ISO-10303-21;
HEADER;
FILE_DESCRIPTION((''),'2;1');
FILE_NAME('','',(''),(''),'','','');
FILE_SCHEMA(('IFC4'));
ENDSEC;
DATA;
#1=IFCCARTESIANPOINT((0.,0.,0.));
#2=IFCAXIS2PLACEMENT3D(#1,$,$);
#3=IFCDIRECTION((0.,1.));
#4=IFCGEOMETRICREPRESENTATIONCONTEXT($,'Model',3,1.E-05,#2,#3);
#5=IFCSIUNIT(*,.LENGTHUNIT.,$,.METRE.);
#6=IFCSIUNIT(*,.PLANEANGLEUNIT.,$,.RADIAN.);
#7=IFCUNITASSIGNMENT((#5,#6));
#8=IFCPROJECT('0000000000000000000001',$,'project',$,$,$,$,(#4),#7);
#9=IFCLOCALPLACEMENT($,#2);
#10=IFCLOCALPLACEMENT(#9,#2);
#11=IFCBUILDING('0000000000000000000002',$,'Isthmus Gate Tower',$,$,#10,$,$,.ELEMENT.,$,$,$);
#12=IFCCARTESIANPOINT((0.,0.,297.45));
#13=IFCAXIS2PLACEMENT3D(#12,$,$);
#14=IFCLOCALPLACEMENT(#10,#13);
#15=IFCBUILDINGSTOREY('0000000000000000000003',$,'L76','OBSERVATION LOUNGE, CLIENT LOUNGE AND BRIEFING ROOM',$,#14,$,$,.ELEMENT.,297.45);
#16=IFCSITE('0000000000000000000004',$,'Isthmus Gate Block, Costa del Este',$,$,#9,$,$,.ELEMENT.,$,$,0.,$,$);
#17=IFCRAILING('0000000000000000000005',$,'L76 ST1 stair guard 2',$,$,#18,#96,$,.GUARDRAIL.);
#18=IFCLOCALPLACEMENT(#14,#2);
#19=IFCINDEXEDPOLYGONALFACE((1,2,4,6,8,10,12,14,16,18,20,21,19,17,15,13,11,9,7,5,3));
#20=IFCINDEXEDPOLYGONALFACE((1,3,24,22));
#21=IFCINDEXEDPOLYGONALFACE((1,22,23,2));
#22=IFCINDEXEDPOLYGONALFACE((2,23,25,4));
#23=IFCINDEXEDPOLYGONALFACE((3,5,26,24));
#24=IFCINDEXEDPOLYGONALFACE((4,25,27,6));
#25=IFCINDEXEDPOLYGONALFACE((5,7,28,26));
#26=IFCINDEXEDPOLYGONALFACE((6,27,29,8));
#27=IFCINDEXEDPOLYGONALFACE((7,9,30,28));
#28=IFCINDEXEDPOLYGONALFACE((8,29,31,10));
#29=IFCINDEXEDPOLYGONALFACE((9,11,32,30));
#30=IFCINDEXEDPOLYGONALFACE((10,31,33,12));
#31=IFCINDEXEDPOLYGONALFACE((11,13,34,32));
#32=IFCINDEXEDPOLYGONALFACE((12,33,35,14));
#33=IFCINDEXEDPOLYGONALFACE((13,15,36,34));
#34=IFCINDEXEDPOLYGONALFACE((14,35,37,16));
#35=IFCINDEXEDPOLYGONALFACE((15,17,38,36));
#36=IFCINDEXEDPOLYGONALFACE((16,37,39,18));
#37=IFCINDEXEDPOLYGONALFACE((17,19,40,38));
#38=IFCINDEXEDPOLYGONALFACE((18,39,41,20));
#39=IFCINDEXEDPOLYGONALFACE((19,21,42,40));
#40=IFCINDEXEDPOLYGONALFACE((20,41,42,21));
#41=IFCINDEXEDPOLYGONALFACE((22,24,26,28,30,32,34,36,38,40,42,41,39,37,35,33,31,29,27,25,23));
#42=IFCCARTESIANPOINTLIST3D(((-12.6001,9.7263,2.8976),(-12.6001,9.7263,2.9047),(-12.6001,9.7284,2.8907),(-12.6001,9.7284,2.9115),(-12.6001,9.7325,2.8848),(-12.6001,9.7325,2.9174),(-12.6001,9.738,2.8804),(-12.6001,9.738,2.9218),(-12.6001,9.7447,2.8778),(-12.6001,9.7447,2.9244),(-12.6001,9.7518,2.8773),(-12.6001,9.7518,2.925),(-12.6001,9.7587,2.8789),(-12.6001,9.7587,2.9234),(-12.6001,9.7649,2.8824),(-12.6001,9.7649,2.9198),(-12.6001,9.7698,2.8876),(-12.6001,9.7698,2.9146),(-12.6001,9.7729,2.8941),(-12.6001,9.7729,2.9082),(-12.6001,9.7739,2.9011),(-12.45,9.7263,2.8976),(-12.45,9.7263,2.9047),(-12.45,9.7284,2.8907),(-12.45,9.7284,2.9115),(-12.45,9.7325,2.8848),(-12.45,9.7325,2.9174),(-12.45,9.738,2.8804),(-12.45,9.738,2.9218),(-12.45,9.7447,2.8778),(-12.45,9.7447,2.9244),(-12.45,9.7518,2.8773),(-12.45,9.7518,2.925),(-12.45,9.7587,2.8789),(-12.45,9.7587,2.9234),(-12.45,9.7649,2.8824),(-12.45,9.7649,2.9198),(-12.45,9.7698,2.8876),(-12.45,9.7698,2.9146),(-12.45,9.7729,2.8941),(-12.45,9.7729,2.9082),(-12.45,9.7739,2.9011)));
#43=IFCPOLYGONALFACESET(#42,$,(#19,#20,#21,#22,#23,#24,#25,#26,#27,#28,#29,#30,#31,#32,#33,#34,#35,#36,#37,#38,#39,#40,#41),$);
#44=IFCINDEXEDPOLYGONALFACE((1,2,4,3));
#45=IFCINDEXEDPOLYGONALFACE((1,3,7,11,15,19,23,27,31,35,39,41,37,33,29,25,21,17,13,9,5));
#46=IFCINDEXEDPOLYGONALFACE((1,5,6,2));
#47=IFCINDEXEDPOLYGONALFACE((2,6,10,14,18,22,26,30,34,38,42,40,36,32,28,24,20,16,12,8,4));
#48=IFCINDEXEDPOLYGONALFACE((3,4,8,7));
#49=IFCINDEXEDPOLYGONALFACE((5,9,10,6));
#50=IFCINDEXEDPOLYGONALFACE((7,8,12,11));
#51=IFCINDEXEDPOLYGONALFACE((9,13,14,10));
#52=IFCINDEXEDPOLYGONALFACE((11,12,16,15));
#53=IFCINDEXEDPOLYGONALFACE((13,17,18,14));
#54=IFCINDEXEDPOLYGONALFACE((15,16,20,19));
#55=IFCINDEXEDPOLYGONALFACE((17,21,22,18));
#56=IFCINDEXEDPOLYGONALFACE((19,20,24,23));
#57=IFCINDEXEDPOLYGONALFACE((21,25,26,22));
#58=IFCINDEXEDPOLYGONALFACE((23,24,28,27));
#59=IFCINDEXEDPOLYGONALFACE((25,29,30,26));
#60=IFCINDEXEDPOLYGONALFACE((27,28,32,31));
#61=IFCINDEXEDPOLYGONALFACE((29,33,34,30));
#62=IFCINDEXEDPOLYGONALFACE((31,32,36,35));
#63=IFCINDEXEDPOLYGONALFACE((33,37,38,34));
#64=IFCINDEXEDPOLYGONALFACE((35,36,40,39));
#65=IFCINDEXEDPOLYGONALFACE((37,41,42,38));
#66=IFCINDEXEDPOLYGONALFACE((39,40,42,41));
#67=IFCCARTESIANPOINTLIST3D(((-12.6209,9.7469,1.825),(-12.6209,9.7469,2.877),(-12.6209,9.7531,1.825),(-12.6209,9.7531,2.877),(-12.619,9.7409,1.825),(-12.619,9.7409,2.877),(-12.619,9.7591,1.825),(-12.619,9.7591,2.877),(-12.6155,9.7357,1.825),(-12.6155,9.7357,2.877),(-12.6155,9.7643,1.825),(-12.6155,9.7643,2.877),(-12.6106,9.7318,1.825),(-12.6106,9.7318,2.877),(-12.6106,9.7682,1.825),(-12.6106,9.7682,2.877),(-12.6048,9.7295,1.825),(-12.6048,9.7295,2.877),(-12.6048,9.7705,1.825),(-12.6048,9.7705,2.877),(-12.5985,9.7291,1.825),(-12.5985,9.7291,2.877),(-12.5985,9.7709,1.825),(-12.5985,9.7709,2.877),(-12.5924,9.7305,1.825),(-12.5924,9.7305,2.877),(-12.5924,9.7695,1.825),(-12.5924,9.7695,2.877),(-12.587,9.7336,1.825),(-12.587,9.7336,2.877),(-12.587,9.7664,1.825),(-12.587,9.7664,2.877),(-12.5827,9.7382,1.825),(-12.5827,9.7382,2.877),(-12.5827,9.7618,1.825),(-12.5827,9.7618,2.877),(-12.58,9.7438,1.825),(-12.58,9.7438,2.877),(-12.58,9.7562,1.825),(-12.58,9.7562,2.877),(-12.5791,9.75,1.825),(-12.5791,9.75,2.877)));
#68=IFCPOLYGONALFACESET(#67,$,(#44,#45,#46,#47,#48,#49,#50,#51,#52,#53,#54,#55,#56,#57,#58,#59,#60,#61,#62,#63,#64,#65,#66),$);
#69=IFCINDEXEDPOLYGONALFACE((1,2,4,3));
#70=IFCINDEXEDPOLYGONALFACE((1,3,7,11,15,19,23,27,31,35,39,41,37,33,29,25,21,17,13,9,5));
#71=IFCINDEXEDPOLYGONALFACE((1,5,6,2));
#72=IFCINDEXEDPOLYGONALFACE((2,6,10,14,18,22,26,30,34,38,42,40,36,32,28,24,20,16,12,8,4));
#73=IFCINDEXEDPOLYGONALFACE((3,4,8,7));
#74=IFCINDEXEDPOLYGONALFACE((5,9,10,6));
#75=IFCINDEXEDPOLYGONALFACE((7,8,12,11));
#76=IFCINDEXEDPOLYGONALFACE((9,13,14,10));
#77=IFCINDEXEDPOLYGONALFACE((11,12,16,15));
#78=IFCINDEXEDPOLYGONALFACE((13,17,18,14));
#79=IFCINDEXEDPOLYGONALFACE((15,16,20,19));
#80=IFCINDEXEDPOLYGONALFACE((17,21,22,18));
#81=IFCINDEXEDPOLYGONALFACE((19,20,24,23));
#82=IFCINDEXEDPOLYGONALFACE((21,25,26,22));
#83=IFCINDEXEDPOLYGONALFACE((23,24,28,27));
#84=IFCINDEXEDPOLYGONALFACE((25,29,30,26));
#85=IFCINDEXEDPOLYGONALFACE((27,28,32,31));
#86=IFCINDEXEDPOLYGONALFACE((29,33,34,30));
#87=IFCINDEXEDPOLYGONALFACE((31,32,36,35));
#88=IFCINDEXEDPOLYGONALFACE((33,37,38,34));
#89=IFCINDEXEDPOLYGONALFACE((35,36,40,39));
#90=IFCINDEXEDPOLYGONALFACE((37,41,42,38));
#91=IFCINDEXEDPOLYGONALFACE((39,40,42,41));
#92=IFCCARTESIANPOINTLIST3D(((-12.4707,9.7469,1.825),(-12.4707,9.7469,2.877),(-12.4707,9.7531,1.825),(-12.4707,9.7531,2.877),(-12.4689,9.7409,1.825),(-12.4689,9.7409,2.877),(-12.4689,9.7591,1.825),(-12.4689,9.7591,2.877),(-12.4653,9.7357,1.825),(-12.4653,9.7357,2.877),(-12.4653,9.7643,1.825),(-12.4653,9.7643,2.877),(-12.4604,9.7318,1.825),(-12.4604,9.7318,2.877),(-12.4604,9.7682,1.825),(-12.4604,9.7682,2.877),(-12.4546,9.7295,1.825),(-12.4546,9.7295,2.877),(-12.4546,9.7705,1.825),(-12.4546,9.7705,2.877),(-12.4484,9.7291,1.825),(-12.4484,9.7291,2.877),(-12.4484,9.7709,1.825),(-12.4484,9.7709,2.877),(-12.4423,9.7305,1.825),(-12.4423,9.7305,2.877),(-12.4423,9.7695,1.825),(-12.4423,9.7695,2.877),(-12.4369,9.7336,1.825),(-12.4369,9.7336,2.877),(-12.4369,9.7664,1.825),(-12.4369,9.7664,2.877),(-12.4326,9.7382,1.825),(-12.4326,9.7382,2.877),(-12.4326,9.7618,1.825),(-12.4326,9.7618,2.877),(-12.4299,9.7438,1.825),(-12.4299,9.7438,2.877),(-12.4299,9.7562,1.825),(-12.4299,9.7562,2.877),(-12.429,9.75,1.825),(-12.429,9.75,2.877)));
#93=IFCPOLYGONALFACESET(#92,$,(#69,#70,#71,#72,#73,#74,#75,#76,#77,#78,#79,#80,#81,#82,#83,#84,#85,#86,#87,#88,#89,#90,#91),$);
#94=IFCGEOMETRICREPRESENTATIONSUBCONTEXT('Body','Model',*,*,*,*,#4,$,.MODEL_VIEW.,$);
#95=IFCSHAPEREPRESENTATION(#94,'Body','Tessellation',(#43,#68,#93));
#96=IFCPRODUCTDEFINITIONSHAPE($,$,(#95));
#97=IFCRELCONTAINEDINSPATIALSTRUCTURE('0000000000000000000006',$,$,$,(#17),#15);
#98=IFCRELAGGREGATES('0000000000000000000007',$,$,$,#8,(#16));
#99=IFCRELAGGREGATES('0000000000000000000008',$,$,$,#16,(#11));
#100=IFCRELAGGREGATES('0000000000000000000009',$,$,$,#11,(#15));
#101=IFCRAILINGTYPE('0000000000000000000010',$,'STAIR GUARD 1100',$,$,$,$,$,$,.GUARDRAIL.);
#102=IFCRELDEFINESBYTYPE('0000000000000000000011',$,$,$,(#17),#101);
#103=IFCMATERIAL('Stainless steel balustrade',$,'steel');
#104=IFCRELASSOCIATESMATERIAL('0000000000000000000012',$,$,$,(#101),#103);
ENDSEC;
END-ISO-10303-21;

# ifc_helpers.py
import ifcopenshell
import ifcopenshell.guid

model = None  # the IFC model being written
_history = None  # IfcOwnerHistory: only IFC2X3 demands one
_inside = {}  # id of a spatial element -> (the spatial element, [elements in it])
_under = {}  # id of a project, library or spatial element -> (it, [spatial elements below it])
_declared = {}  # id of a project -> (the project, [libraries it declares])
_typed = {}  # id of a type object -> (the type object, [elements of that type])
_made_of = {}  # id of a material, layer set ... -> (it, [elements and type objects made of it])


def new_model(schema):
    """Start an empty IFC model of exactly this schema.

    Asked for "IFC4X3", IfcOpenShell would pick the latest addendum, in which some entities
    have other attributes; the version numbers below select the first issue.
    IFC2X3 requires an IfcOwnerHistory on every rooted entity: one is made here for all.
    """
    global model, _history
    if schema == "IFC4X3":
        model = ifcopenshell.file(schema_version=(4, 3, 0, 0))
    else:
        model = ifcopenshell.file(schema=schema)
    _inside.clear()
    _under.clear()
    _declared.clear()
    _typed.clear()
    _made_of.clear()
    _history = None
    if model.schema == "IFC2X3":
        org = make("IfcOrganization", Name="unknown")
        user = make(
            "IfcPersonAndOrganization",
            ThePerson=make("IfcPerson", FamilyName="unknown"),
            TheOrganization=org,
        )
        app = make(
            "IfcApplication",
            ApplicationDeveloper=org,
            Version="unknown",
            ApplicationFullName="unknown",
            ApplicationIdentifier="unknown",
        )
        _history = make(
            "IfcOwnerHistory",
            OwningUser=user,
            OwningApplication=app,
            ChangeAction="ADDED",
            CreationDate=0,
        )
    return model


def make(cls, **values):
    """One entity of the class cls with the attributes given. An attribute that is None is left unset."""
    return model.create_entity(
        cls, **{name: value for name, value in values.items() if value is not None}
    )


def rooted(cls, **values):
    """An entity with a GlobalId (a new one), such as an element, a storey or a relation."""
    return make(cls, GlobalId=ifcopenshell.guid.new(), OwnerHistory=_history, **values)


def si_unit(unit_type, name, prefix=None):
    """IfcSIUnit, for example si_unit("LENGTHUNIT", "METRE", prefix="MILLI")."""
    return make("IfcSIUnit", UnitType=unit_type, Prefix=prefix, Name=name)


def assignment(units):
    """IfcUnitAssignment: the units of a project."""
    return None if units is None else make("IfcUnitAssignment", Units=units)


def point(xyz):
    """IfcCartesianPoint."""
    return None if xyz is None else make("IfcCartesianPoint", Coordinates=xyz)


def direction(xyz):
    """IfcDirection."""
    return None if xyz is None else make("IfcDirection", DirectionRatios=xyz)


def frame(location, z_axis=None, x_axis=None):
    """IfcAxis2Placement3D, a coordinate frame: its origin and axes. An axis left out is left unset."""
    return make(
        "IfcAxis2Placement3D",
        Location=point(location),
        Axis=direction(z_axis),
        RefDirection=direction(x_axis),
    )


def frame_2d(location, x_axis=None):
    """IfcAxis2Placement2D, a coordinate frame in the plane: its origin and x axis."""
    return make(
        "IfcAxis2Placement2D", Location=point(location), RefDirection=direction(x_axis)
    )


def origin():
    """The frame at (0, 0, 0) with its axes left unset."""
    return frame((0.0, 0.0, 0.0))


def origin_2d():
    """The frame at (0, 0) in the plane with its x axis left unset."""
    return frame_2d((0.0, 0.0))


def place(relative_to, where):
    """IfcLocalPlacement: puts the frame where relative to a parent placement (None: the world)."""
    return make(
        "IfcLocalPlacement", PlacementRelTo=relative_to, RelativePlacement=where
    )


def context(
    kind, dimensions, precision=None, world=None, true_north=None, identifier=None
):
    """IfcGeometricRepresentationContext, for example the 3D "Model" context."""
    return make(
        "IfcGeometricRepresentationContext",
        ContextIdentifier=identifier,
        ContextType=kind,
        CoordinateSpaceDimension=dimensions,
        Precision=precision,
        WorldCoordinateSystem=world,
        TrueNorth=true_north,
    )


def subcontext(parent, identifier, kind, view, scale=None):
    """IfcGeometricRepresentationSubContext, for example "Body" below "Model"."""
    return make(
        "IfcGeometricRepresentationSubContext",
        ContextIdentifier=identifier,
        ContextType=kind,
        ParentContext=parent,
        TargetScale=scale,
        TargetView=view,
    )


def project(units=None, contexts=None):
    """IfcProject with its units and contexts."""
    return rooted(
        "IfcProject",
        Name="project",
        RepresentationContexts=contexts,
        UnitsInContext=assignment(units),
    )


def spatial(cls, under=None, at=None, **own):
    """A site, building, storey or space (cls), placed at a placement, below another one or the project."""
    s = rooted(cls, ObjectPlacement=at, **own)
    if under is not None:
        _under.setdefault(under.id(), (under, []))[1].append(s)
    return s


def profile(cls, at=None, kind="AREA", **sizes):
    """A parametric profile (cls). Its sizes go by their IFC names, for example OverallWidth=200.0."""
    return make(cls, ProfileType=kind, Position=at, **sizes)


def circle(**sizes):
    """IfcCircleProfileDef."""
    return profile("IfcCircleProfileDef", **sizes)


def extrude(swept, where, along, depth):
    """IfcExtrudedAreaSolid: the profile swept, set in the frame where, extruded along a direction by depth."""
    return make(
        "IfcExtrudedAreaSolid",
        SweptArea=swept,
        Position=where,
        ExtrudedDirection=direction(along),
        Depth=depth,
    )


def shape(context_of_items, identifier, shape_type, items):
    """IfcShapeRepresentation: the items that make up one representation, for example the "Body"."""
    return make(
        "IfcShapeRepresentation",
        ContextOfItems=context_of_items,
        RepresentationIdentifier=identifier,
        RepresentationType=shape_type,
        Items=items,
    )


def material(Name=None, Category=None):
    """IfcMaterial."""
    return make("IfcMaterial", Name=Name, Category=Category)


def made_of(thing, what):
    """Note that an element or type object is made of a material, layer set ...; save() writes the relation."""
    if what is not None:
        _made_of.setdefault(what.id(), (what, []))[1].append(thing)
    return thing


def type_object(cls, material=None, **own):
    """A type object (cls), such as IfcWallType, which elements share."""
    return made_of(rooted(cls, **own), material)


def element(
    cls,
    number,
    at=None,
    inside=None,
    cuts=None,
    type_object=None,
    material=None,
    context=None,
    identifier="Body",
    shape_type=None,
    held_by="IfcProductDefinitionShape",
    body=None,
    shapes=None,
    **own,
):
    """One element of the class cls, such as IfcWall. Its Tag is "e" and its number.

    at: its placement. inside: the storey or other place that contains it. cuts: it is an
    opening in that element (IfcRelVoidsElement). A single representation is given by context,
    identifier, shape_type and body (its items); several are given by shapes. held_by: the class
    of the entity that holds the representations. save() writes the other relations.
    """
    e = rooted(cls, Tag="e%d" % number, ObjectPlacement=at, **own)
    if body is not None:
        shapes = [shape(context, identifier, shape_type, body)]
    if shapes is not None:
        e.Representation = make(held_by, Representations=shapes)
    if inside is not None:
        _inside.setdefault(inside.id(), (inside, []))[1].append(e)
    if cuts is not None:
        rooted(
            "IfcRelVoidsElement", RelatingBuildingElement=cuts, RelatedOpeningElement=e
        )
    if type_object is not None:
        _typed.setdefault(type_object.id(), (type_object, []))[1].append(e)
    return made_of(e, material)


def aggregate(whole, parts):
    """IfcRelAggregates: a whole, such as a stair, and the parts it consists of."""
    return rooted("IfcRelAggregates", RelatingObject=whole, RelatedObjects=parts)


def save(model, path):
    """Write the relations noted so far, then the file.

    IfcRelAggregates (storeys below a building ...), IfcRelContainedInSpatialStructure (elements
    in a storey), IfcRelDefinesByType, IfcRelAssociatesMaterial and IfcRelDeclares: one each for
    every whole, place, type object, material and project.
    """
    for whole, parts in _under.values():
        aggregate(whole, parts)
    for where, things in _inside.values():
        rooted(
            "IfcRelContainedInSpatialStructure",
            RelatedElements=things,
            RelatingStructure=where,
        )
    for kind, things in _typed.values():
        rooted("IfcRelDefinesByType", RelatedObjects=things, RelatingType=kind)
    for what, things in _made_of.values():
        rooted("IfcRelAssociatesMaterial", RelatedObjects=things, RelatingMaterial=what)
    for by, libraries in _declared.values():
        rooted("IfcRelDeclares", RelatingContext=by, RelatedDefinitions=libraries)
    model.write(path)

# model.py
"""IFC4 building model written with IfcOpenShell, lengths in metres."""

from ifc_helpers import new_model, si_unit, direction, frame, origin, origin_2d, place, context, subcontext, project, spatial, circle, extrude, material, type_object, element, save


model = new_model("IFC4")

# Units and contexts
model_context = context("Model", 3, precision=1e-05, world=origin(), true_north=direction((0.0, 1.0)))
body_context = subcontext(model_context, "Body", "Model", "MODEL_VIEW")
ifc_project = project(units=[si_unit("LENGTHUNIT", "METRE"), si_unit("PLANEANGLEUNIT", "RADIAN")], contexts=[model_context])

# Site, building, storey
site_placement = place(None, origin())
site = spatial("IfcSite", under=ifc_project, at=site_placement, Name="Isthmus Gate Block, Costa del Este", CompositionType="ELEMENT", RefElevation=0.0)
building_placement = place(site_placement, origin())
building = spatial("IfcBuilding", under=site, at=building_placement, Name="Isthmus Gate Tower", CompositionType="ELEMENT")
storey_placement = place(building_placement, frame((0.0, 0.0, 297.45)))
storey = spatial("IfcBuildingStorey", under=building, at=storey_placement, Name="L76", Description="OBSERVATION LOUNGE, CLIENT LOUNGE AND BRIEFING ROOM", CompositionType="ELEMENT", Elevation=297.45)

# Railing
ifc_material_1 = material(Name="Stainless steel balustrade", Category="steel")
railing_type_1 = type_object("IfcRailingType", Name="STAIR GUARD 1100", PredefinedType="GUARDRAIL", material=ifc_material_1)
railing_1_placement = place(storey_placement, frame((-12.6001, 9.75, 1.825)))
element("IfcRailing", 1, at=railing_1_placement, inside=storey, type_object=railing_type_1, Name="L76 ST1 stair guard 2", PredefinedType="GUARDRAIL", context=body_context, shape_type="SweptSolid", body=[
    extrude(circle(Radius=0.0239, at=origin_2d()), frame((0.0, 0.0, 1.0762), z_axis=(1.0, 0.0, 0.0), x_axis=(0.0, 1.0, 0.0)), (0.0, 0.0, 1.0), 0.1501),
    extrude(circle(Radius=0.021, at=origin_2d()), origin(), (0.0, 0.0, 1.0), 1.052),
    extrude(circle(Radius=0.021, at=origin_2d()), frame((0.1501, 0.0, 0.0)), (0.0, 0.0, 1.0), 1.052),
])

save(model, "model.ifc")
